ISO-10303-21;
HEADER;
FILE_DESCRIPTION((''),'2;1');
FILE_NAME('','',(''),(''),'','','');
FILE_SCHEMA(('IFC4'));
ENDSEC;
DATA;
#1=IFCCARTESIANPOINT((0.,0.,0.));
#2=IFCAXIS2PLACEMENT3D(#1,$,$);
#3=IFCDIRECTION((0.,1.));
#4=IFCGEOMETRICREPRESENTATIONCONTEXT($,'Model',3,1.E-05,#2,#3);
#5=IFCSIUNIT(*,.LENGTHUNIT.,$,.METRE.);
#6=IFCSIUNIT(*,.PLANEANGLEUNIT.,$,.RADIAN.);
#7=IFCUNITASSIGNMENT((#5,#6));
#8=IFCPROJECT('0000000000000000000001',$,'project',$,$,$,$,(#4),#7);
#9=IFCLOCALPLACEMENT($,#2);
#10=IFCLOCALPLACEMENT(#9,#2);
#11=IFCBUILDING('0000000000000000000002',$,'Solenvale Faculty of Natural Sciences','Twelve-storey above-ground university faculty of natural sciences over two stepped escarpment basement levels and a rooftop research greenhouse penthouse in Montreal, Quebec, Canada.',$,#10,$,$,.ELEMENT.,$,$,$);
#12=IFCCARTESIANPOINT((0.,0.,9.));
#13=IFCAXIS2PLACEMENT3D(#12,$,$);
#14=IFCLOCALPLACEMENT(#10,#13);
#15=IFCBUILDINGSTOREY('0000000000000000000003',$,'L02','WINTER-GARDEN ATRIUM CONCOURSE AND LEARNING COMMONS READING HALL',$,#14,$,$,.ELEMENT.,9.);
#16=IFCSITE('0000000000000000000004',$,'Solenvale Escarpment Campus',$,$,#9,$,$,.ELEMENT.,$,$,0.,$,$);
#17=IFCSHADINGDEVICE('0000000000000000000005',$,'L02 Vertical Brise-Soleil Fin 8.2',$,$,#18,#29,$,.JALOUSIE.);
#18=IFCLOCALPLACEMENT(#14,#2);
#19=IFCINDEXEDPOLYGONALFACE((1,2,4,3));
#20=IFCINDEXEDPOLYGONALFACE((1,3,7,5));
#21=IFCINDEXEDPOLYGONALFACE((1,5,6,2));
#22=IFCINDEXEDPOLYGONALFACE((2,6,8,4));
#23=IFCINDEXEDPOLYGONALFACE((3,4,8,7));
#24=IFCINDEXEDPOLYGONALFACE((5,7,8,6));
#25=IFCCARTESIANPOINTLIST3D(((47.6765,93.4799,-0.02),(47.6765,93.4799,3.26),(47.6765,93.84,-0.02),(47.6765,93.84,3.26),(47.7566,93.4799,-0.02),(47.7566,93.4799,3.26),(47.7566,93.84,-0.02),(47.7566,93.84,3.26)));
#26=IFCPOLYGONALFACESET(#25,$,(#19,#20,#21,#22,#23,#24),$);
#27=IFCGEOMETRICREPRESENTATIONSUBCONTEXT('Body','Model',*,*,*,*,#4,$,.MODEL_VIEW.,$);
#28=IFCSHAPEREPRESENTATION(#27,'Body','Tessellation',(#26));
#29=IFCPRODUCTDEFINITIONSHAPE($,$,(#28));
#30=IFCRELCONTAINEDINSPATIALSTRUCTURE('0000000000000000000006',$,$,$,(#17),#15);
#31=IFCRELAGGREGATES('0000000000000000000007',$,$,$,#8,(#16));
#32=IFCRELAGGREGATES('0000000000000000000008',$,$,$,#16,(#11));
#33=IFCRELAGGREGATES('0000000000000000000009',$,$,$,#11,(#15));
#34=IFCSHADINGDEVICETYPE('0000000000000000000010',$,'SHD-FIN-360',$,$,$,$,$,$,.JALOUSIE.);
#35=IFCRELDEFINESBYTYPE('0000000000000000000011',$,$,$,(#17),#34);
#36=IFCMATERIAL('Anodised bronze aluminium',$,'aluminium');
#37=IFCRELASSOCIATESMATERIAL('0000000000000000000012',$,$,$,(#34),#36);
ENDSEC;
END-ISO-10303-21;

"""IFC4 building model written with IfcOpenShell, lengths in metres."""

from ifc_helpers import new_model, si_unit, direction, frame, origin, origin_2d, place, context, subcontext, project, spatial, rectangle, extrude, material, material_profile, profile_set, type_object, element, save


model = new_model("IFC4")

# Units and contexts
model_context = context("Model", 3, precision=1e-05, world=origin(), true_north=direction((0.0, 1.0)))
body_context = subcontext(model_context, "Body", "Model", "MODEL_VIEW")
ifc_project = project(units=[si_unit("LENGTHUNIT", "METRE"), si_unit("PLANEANGLEUNIT", "RADIAN")], contexts=[model_context])

# Site, building, storey
site_placement = place(None, origin())
site = spatial("IfcSite", under=ifc_project, at=site_placement, Name="Solenvale Escarpment Campus", CompositionType="ELEMENT", RefElevation=0.0)
building_placement = place(site_placement, origin())
building = spatial("IfcBuilding", under=site, at=building_placement, Name="Solenvale Faculty of Natural Sciences", Description="Twelve-storey above-ground university faculty of natural sciences over two stepped escarpment basement levels and a rooftop research greenhouse penthouse in Montreal, Quebec, Canada.", CompositionType="ELEMENT")
storey_placement = place(building_placement, frame((0.0, 0.0, 9.0)))
storey = spatial("IfcBuildingStorey", under=building, at=storey_placement, Name="L02", Description="WINTER-GARDEN ATRIUM CONCOURSE AND LEARNING COMMONS READING HALL", CompositionType="ELEMENT", Elevation=9.0)

# Shared definitions
ifc_material_1 = material(Name="Anodised bronze aluminium", Category="aluminium")

# Shading device
ifc_material_profile_1 = material_profile(ifc_material_1, rectangle(XDim=0.0801, YDim=0.3601, at=origin_2d()), Name="ALU-FIN-80x360")
ifc_profile_set_1 = profile_set([ifc_material_profile_1], Name="Anodised bronze aluminium")
shading_device_type = type_object("IfcShadingDeviceType", Name="SHD-FIN-360", PredefinedType="JALOUSIE", material=ifc_profile_set_1)
shading_device_placement = place(storey_placement, frame((47.7166, 93.6599, -0.02), z_axis=(0.0, 0.0, 1.0), x_axis=(1.0, 0.0, 0.0)))
element("IfcShadingDevice", 1, at=shading_device_placement, inside=storey, type_object=shading_device_type, Name="L02 Vertical Brise-Soleil Fin 8.2", PredefinedType="JALOUSIE", context=body_context, shape_type="SweptSolid", body=[
    extrude(rectangle(XDim=0.0801, YDim=0.3601, at=origin_2d()), origin(), (0.0, 0.0, 1.0), 3.28),
])

save(model, "model.ifc")
